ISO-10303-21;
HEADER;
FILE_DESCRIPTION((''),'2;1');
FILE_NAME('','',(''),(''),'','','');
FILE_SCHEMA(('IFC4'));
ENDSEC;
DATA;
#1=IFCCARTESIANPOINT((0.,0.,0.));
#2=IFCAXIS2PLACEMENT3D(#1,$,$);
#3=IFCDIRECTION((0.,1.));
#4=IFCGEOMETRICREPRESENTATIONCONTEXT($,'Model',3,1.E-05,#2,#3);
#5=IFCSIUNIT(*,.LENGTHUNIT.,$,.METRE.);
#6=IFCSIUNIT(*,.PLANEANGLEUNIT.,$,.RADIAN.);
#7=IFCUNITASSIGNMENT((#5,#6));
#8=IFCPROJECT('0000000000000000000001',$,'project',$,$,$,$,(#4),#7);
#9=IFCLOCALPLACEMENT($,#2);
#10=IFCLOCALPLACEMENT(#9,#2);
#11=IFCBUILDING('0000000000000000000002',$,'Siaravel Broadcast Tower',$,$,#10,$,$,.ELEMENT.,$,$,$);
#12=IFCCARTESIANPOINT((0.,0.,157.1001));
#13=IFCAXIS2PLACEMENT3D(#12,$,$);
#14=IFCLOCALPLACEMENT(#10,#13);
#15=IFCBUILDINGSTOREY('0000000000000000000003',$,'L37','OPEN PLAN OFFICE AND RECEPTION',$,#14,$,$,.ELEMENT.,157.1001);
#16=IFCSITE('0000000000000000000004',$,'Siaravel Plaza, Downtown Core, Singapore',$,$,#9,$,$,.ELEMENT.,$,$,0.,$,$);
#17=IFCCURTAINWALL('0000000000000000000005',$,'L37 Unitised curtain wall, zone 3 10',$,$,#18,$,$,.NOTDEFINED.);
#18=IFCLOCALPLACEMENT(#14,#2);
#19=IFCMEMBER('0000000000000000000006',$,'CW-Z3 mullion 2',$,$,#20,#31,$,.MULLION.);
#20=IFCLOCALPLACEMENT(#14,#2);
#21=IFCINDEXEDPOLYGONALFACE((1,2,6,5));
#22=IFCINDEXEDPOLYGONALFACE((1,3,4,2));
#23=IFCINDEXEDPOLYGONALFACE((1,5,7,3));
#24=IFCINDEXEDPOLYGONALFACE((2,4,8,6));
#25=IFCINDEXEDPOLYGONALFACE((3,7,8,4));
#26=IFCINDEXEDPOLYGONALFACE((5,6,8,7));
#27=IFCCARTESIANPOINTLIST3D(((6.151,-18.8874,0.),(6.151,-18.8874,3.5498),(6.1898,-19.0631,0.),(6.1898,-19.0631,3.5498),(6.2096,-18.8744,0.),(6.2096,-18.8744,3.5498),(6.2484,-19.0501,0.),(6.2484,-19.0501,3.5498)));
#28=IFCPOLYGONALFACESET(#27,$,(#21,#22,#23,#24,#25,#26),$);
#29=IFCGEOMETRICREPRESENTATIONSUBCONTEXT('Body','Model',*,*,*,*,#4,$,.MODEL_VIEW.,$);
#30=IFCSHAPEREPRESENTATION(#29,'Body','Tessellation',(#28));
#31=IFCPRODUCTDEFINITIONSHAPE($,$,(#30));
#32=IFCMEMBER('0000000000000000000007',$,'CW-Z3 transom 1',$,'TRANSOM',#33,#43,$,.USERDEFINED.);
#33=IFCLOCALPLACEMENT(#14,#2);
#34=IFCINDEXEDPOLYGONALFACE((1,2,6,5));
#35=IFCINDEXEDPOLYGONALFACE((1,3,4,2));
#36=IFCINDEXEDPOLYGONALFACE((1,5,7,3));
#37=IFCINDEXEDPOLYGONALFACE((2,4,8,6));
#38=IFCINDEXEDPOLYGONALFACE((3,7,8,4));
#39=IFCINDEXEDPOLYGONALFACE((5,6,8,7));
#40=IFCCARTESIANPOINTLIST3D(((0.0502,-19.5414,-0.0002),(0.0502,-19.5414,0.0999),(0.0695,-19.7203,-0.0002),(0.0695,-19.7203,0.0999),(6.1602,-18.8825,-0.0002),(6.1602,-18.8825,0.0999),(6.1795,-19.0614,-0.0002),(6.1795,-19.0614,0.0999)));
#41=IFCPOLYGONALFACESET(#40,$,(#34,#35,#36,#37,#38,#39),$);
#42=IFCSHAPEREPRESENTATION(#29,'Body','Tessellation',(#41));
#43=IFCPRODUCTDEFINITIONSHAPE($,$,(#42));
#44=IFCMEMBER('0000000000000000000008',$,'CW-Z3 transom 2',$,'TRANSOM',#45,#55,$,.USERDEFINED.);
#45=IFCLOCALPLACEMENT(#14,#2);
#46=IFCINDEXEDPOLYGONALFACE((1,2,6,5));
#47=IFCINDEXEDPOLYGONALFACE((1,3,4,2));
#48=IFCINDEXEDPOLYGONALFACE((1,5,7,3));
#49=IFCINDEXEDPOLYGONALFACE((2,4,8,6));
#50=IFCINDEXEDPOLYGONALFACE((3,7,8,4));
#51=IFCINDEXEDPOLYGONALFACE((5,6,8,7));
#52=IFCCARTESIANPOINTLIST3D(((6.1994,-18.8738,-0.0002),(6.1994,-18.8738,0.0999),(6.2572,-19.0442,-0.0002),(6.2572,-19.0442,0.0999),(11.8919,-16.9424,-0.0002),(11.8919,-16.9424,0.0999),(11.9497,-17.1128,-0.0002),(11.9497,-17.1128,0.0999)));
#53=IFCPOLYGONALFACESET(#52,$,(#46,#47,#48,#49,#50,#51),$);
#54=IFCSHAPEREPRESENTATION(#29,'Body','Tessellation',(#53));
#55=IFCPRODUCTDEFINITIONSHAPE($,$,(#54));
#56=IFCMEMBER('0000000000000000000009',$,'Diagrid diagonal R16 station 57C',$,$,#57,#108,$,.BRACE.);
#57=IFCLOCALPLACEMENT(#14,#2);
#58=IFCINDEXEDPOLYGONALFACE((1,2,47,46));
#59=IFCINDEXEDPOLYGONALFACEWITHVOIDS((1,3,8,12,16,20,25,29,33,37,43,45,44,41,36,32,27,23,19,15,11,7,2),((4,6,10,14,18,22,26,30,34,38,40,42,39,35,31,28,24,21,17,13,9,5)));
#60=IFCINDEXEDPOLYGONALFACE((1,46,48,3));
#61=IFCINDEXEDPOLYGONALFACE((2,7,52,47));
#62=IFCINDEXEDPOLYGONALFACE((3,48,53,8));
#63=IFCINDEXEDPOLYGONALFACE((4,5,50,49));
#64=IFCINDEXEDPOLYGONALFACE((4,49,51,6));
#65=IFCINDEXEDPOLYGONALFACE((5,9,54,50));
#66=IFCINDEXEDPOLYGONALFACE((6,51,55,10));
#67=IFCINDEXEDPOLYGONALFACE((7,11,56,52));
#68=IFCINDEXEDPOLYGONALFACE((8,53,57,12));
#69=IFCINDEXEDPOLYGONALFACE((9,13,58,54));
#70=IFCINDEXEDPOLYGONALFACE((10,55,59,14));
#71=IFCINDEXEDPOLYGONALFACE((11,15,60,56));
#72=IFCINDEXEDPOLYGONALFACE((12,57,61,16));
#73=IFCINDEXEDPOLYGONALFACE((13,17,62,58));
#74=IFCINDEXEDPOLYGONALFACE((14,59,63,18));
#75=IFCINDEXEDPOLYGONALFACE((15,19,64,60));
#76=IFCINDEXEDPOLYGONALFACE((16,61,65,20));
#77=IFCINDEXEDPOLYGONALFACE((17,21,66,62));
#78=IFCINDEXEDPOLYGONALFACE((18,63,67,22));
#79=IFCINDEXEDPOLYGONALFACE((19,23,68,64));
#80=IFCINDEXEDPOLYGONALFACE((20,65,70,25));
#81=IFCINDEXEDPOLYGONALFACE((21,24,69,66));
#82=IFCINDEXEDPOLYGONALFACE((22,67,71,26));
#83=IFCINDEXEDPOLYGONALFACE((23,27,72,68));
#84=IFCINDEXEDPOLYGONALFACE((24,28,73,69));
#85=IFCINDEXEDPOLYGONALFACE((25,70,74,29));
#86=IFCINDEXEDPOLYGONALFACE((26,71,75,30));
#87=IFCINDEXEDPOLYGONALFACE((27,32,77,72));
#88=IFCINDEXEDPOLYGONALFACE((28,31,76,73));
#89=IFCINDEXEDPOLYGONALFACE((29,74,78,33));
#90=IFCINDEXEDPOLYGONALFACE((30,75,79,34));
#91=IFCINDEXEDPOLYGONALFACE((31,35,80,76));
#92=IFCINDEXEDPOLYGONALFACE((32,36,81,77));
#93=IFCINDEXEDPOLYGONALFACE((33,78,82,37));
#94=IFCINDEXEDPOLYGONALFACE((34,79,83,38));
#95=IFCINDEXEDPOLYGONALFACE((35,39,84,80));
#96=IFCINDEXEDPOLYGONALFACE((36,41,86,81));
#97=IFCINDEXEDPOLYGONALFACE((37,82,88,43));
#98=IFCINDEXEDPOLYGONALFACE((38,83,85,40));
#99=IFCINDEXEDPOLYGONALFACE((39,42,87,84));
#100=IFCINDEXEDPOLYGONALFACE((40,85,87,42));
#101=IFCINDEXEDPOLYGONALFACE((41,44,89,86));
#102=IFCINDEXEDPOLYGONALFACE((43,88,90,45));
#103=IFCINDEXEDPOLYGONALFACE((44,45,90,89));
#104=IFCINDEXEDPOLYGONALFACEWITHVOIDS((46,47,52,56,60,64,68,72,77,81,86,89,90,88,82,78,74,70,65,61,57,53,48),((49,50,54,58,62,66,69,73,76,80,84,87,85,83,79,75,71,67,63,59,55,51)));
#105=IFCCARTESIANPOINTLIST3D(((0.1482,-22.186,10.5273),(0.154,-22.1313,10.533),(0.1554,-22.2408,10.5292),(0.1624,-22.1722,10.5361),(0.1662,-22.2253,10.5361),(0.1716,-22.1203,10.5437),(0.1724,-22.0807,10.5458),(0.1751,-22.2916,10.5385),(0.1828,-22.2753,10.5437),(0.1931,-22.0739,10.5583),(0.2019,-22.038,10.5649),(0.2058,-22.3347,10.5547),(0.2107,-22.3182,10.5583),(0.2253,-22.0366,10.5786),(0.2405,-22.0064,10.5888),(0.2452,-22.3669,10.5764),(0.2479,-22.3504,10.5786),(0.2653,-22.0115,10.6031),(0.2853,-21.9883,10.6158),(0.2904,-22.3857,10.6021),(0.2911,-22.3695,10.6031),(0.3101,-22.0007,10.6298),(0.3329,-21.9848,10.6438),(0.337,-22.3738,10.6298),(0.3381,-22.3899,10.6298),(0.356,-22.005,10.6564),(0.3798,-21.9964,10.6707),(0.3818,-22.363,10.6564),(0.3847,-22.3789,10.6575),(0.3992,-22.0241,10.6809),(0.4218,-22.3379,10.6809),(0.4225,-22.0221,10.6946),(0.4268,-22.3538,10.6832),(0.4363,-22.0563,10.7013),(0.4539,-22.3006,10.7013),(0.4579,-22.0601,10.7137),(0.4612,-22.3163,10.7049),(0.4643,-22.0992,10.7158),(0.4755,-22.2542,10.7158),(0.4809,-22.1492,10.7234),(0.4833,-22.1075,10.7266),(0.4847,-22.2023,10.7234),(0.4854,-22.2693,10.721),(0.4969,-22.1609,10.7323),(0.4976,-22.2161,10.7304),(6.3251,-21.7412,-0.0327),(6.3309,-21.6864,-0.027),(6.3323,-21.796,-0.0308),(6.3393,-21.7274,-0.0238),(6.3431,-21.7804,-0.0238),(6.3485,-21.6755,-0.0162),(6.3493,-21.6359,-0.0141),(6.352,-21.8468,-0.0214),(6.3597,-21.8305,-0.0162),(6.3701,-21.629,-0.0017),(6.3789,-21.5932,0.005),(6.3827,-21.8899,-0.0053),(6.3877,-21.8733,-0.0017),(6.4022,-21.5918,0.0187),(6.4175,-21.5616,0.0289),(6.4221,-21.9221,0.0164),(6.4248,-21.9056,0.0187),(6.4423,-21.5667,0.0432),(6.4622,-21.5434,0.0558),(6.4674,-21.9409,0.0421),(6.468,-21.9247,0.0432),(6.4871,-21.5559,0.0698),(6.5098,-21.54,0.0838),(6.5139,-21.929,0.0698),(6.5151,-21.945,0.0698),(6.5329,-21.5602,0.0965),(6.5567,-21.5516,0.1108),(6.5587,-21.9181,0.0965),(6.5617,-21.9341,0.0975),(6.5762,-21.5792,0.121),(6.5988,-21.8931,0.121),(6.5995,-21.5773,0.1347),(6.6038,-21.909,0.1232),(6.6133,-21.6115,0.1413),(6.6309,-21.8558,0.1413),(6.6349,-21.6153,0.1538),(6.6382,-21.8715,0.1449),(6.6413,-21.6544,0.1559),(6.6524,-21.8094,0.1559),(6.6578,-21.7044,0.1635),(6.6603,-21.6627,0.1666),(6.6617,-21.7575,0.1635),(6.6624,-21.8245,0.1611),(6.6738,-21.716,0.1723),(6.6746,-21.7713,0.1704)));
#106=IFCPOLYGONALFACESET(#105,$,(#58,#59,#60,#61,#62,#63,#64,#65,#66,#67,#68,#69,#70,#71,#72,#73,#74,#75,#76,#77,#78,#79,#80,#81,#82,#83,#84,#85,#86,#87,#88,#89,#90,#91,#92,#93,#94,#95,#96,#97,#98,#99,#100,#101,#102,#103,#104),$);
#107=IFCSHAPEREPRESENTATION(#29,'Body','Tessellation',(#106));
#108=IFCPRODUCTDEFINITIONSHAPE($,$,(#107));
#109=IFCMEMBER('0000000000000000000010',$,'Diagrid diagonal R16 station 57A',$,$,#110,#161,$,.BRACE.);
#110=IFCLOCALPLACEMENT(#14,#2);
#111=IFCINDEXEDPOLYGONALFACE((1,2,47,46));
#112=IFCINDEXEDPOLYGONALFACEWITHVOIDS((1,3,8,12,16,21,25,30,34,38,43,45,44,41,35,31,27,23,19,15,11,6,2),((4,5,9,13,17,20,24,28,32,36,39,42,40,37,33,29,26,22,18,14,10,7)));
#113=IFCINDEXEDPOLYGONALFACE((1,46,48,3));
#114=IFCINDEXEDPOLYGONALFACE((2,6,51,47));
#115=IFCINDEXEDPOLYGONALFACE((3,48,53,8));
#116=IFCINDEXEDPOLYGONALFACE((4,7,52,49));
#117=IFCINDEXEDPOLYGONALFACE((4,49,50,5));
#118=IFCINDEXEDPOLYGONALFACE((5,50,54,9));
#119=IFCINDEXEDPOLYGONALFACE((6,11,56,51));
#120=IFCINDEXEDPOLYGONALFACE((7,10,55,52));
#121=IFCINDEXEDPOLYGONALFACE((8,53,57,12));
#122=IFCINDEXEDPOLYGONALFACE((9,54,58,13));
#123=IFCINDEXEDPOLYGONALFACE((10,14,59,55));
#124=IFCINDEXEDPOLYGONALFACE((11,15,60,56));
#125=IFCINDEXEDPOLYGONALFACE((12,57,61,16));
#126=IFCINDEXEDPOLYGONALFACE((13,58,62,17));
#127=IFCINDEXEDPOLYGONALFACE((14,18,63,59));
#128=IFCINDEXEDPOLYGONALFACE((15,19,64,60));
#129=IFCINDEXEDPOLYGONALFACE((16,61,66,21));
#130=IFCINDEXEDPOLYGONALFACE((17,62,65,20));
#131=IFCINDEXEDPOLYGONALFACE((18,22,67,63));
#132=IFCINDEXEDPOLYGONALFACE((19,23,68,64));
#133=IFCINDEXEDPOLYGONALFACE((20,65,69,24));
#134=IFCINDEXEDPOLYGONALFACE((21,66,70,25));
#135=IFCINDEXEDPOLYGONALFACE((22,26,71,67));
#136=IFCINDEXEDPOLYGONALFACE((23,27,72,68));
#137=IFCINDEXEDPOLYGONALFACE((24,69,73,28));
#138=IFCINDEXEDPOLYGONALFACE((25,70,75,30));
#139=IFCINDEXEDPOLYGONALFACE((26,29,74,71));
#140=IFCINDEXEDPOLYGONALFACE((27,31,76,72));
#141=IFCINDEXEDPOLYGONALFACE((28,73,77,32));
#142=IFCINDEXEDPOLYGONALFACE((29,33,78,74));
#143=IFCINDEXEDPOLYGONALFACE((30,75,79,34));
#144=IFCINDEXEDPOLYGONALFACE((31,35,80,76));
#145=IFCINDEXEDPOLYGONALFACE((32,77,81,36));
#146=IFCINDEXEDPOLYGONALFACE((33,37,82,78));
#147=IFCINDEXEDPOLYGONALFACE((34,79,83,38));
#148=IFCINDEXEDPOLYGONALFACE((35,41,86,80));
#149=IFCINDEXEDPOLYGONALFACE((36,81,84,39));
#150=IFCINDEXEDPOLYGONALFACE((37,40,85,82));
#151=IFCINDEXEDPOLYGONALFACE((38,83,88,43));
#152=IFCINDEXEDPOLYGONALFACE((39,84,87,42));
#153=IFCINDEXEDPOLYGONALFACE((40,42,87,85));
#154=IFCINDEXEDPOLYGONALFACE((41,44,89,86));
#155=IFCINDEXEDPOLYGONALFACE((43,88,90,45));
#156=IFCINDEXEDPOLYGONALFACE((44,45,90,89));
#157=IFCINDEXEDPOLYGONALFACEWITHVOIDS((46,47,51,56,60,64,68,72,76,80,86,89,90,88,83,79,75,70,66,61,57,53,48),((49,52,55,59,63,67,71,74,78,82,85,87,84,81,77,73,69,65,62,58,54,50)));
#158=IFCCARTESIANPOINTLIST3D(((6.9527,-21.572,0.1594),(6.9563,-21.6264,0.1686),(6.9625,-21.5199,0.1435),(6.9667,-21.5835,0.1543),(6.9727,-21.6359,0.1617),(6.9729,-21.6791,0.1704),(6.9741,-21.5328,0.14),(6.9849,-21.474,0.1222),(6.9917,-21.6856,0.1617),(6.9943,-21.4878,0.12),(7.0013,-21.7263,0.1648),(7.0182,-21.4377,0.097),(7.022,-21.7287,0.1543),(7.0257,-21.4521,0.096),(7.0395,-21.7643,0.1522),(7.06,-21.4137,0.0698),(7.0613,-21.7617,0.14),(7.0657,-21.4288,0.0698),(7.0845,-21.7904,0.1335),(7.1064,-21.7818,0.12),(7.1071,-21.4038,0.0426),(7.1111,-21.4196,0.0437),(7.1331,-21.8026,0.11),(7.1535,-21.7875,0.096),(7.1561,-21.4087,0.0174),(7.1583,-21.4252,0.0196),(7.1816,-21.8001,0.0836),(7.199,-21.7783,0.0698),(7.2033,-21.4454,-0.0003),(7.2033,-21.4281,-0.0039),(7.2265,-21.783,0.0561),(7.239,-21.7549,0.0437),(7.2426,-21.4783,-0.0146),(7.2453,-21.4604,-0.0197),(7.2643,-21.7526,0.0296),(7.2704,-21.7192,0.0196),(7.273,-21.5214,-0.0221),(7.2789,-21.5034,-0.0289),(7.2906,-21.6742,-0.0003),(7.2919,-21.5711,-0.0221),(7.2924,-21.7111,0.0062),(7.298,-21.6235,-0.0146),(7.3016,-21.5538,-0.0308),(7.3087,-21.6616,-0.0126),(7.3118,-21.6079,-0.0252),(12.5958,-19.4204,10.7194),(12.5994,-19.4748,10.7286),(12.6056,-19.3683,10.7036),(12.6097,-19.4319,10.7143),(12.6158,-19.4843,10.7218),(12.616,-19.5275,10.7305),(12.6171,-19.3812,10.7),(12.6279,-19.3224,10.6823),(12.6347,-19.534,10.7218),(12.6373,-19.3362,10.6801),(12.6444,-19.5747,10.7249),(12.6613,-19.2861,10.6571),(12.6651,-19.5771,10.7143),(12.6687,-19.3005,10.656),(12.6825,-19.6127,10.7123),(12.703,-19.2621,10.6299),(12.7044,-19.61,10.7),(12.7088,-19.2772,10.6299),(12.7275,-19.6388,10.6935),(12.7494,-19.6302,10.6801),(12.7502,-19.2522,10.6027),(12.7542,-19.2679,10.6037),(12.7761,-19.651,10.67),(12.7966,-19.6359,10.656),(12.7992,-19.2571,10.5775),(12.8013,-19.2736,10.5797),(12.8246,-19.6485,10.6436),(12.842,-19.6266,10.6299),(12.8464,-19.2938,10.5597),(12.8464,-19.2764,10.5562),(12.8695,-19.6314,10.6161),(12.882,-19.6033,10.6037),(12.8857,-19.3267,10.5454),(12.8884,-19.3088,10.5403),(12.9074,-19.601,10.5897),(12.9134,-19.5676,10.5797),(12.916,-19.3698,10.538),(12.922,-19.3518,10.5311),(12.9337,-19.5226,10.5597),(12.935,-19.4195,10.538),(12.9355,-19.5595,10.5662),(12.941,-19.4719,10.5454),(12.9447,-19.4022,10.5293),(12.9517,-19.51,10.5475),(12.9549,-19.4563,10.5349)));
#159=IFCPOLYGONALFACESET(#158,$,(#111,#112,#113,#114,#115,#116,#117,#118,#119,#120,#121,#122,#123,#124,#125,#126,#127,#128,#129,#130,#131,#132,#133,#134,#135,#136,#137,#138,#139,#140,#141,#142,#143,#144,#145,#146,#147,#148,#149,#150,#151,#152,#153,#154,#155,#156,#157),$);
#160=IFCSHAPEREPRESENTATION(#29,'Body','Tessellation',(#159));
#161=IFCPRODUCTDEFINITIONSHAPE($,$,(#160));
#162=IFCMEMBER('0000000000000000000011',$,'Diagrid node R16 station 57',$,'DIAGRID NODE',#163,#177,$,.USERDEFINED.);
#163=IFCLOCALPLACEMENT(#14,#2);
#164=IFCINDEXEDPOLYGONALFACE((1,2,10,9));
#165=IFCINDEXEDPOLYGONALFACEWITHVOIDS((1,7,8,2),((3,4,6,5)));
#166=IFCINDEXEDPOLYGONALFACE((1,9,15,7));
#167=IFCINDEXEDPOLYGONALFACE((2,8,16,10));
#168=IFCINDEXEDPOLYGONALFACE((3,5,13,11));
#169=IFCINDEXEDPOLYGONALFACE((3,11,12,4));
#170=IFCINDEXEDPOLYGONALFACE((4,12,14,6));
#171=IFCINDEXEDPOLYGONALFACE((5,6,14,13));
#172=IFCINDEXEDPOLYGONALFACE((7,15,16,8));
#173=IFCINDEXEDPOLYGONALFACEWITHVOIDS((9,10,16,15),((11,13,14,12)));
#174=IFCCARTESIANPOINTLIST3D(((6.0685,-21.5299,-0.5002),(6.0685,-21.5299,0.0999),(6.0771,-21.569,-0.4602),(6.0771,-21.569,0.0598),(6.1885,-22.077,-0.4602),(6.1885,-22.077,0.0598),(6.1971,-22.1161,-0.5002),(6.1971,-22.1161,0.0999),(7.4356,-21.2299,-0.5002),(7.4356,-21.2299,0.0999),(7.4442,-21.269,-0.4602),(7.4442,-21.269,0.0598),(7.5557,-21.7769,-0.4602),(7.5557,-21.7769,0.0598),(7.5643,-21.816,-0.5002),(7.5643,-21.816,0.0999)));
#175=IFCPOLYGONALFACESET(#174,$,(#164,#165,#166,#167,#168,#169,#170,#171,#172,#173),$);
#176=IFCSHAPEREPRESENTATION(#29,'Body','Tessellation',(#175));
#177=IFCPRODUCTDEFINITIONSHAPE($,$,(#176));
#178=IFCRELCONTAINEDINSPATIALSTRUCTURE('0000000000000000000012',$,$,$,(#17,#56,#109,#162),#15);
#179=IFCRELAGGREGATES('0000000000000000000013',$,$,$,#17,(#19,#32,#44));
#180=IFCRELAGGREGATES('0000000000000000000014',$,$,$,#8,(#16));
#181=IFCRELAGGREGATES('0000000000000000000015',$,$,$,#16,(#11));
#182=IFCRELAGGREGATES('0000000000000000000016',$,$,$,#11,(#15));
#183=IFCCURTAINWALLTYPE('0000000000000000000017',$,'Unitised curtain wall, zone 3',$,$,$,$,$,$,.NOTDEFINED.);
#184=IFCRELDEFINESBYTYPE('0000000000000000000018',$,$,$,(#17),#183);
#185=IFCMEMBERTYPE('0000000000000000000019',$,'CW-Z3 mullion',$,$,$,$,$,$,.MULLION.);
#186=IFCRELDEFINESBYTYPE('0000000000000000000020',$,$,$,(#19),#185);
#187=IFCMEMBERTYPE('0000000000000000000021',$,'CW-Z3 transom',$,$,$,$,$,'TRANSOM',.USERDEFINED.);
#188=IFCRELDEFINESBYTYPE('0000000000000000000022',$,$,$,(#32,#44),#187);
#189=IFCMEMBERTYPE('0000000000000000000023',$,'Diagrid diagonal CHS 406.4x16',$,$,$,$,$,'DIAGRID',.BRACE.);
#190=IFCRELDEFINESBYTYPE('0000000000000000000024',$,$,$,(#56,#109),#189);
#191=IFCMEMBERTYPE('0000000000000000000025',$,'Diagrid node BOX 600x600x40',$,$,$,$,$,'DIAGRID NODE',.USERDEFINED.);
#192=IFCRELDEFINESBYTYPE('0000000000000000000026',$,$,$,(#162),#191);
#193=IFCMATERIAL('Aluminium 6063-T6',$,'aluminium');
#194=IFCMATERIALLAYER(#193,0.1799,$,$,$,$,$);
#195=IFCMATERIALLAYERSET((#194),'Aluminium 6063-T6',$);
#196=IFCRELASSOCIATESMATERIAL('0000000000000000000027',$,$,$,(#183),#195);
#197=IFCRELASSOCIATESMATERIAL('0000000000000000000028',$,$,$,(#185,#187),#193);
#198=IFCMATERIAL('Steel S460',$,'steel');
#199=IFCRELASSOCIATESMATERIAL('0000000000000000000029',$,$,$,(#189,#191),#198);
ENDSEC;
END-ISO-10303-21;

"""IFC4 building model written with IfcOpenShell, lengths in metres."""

from ifc_helpers import new_model, si_unit, direction, frame, origin, origin_2d, place, context, subcontext, project, spatial, rectangle, hollow_rectangle, hollow_circle, extrude, material, layer, layer_set, material_profile, profile_set, type_object, element, aggregate, save


model = new_model("IFC4")

# Units and contexts
model_context = context("Model", 3, precision=1e-05, world=origin(), true_north=direction((0.0, 1.0)))
body_context = subcontext(model_context, "Body", "Model", "MODEL_VIEW")
ifc_project = project(units=[si_unit("LENGTHUNIT", "METRE"), si_unit("PLANEANGLEUNIT", "RADIAN")], contexts=[model_context])

# Site, building, storey
site_placement = place(None, origin())
site = spatial("IfcSite", under=ifc_project, at=site_placement, Name="Siaravel Plaza, Downtown Core, Singapore", CompositionType="ELEMENT", RefElevation=0.0)
building_placement = place(site_placement, origin())
building = spatial("IfcBuilding", under=site, at=building_placement, Name="Siaravel Broadcast Tower", CompositionType="ELEMENT")
storey_placement = place(building_placement, frame((0.0, 0.0, 157.1001)))
storey = spatial("IfcBuildingStorey", under=building, at=storey_placement, Name="L37", Description="OPEN PLAN OFFICE AND RECEPTION", CompositionType="ELEMENT", Elevation=157.1001)

# Curtain wall, members
ifc_material_1 = material(Name="Aluminium 6063-T6", Category="aluminium")
ifc_layer_1 = layer(ifc_material_1, 0.1799)
ifc_layer_set_1 = layer_set([ifc_layer_1], Name="Aluminium 6063-T6")
curtain_wall_type = type_object("IfcCurtainWallType", Name="Unitised curtain wall, zone 3", PredefinedType="NOTDEFINED", material=ifc_layer_set_1)
curtain_wall_placement = place(storey_placement, origin())
curtain_wall = element("IfcCurtainWall", 1, at=curtain_wall_placement, inside=storey, type_object=curtain_wall_type, Name="L37 Unitised curtain wall, zone 3 10", PredefinedType="NOTDEFINED")
ifc_material_profile_1 = material_profile(ifc_material_1, rectangle(XDim=0.1799, YDim=0.0601, at=origin_2d()))
ifc_profile_set_1 = profile_set([ifc_material_profile_1], Name="Aluminium 6063-T6")
member_type_1 = type_object("IfcMemberType", Name="CW-Z3 mullion", PredefinedType="MULLION", material=ifc_profile_set_1)
member_1_placement = place(storey_placement, frame((6.1997, -18.9688, 0.0), z_axis=(0.0, 0.0, 1.0), x_axis=(-0.215559, 0.976491, 0.0)))
member_1 = element("IfcMember", 2, at=member_1_placement, type_object=member_type_1, Name="CW-Z3 mullion 2", PredefinedType="MULLION", context=body_context, shape_type="SweptSolid", body=[
    extrude(rectangle(XDim=0.1799, YDim=0.0601, at=origin_2d()), origin(), (0.0, 0.0, 1.0), 3.5498),
])
ifc_material_profile_2 = material_profile(ifc_material_1, rectangle(XDim=0.1799, YDim=0.1001, at=origin_2d()))
ifc_profile_set_2 = profile_set([ifc_material_profile_2], Name="Aluminium 6063-T6")
member_type_2 = type_object("IfcMemberType", Name="CW-Z3 transom", ElementType="TRANSOM", PredefinedType="USERDEFINED", material=ifc_profile_set_2)
member_2_placement = place(storey_placement, frame((0.0598, -19.6309, 0.0498), z_axis=(0.994235, 0.107222, 0.0), x_axis=(-0.107222, 0.994235, 0.0)))
member_2 = element("IfcMember", 3, at=member_2_placement, type_object=member_type_2, Name="CW-Z3 transom 1", ObjectType="TRANSOM", PredefinedType="USERDEFINED", context=body_context, shape_type="SweptSolid", body=[
    extrude(rectangle(XDim=0.1799, YDim=0.1001, at=origin_2d()), origin(), (0.0, 0.0, 1.0), 6.1455),
])
member_3_placement = place(storey_placement, frame((6.2283, -18.959, 0.0498), z_axis=(0.94698, 0.321292, 0.0), x_axis=(-0.321292, 0.94698, 0.0)))
member_3 = element("IfcMember", 4, at=member_3_placement, type_object=member_type_2, Name="CW-Z3 transom 2", ObjectType="TRANSOM", PredefinedType="USERDEFINED", context=body_context, shape_type="SweptSolid", body=[
    extrude(rectangle(XDim=0.1799, YDim=0.1001, at=origin_2d()), origin(), (0.0, 0.0, 1.0), 6.0112),
])

# Members
ifc_material_2 = material(Name="Steel S460", Category="steel")
ifc_material_profile_3 = material_profile(ifc_material_2, hollow_circle(Radius=0.2031, WallThickness=0.0161, at=origin_2d()))
ifc_profile_set_3 = profile_set([ifc_material_profile_3], Name="Steel S460")
member_type_3 = type_object("IfcMemberType", Name="Diagrid diagonal CHS 406.4x16", ElementType="DIAGRID", PredefinedType="BRACE", material=ifc_profile_set_3)
member_4_placement = place(storey_placement, frame((6.5005, -21.7424, 0.0698), z_axis=(-0.504572, -0.036336, 0.862605), x_axis=(0.071827, -0.997417, 0.0)))
element("IfcMember", 5, at=member_4_placement, inside=storey, type_object=member_type_3, Name="Diagrid diagonal R16 station 57C", PredefinedType="BRACE", context=body_context, shape_type="SweptSolid", body=[
    extrude(hollow_circle(Radius=0.2031, WallThickness=0.0161, at=origin_2d()), origin(), (0.0, 0.0, 1.0), 12.2419),
])
member_5_placement = place(storey_placement, frame((7.1323, -21.6035, 0.0698), z_axis=(0.463875, 0.176868, 0.868065), x_axis=(-0.356266, 0.934385, 0.0)))
element("IfcMember", 6, at=member_5_placement, inside=storey, type_object=member_type_3, Name="Diagrid diagonal R16 station 57A", PredefinedType="BRACE", context=body_context, shape_type="SweptSolid", body=[
    extrude(hollow_circle(Radius=0.2031, WallThickness=0.0161, at=origin_2d()), origin(), (0.0, 0.0, 1.0), 12.165),
])
ifc_material_profile_4 = material_profile(ifc_material_2, hollow_rectangle(XDim=0.6001, YDim=0.6001, WallThickness=0.04, at=origin_2d()))
ifc_profile_set_4 = profile_set([ifc_material_profile_4], Name="Steel S460")
member_type_4 = type_object("IfcMemberType", Name="Diagrid node BOX 600x600x40", ElementType="DIAGRID NODE", PredefinedType="USERDEFINED", material=ifc_profile_set_4)
member_6_placement = place(storey_placement, frame((6.1328, -21.823, -0.2002), z_axis=(0.976754, 0.214363, 0.0), x_axis=(-0.214363, 0.976754, 0.0)))
element("IfcMember", 7, at=member_6_placement, inside=storey, type_object=member_type_4, Name="Diagrid node R16 station 57", ObjectType="DIAGRID NODE", PredefinedType="USERDEFINED", context=body_context, shape_type="SweptSolid", body=[
    extrude(hollow_rectangle(XDim=0.6001, YDim=0.6001, WallThickness=0.04, at=origin_2d()), origin(), (0.0, 0.0, 1.0), 1.3997),
])

aggregate(curtain_wall, [member_1, member_2, member_3])

save(model, "model.ifc")
